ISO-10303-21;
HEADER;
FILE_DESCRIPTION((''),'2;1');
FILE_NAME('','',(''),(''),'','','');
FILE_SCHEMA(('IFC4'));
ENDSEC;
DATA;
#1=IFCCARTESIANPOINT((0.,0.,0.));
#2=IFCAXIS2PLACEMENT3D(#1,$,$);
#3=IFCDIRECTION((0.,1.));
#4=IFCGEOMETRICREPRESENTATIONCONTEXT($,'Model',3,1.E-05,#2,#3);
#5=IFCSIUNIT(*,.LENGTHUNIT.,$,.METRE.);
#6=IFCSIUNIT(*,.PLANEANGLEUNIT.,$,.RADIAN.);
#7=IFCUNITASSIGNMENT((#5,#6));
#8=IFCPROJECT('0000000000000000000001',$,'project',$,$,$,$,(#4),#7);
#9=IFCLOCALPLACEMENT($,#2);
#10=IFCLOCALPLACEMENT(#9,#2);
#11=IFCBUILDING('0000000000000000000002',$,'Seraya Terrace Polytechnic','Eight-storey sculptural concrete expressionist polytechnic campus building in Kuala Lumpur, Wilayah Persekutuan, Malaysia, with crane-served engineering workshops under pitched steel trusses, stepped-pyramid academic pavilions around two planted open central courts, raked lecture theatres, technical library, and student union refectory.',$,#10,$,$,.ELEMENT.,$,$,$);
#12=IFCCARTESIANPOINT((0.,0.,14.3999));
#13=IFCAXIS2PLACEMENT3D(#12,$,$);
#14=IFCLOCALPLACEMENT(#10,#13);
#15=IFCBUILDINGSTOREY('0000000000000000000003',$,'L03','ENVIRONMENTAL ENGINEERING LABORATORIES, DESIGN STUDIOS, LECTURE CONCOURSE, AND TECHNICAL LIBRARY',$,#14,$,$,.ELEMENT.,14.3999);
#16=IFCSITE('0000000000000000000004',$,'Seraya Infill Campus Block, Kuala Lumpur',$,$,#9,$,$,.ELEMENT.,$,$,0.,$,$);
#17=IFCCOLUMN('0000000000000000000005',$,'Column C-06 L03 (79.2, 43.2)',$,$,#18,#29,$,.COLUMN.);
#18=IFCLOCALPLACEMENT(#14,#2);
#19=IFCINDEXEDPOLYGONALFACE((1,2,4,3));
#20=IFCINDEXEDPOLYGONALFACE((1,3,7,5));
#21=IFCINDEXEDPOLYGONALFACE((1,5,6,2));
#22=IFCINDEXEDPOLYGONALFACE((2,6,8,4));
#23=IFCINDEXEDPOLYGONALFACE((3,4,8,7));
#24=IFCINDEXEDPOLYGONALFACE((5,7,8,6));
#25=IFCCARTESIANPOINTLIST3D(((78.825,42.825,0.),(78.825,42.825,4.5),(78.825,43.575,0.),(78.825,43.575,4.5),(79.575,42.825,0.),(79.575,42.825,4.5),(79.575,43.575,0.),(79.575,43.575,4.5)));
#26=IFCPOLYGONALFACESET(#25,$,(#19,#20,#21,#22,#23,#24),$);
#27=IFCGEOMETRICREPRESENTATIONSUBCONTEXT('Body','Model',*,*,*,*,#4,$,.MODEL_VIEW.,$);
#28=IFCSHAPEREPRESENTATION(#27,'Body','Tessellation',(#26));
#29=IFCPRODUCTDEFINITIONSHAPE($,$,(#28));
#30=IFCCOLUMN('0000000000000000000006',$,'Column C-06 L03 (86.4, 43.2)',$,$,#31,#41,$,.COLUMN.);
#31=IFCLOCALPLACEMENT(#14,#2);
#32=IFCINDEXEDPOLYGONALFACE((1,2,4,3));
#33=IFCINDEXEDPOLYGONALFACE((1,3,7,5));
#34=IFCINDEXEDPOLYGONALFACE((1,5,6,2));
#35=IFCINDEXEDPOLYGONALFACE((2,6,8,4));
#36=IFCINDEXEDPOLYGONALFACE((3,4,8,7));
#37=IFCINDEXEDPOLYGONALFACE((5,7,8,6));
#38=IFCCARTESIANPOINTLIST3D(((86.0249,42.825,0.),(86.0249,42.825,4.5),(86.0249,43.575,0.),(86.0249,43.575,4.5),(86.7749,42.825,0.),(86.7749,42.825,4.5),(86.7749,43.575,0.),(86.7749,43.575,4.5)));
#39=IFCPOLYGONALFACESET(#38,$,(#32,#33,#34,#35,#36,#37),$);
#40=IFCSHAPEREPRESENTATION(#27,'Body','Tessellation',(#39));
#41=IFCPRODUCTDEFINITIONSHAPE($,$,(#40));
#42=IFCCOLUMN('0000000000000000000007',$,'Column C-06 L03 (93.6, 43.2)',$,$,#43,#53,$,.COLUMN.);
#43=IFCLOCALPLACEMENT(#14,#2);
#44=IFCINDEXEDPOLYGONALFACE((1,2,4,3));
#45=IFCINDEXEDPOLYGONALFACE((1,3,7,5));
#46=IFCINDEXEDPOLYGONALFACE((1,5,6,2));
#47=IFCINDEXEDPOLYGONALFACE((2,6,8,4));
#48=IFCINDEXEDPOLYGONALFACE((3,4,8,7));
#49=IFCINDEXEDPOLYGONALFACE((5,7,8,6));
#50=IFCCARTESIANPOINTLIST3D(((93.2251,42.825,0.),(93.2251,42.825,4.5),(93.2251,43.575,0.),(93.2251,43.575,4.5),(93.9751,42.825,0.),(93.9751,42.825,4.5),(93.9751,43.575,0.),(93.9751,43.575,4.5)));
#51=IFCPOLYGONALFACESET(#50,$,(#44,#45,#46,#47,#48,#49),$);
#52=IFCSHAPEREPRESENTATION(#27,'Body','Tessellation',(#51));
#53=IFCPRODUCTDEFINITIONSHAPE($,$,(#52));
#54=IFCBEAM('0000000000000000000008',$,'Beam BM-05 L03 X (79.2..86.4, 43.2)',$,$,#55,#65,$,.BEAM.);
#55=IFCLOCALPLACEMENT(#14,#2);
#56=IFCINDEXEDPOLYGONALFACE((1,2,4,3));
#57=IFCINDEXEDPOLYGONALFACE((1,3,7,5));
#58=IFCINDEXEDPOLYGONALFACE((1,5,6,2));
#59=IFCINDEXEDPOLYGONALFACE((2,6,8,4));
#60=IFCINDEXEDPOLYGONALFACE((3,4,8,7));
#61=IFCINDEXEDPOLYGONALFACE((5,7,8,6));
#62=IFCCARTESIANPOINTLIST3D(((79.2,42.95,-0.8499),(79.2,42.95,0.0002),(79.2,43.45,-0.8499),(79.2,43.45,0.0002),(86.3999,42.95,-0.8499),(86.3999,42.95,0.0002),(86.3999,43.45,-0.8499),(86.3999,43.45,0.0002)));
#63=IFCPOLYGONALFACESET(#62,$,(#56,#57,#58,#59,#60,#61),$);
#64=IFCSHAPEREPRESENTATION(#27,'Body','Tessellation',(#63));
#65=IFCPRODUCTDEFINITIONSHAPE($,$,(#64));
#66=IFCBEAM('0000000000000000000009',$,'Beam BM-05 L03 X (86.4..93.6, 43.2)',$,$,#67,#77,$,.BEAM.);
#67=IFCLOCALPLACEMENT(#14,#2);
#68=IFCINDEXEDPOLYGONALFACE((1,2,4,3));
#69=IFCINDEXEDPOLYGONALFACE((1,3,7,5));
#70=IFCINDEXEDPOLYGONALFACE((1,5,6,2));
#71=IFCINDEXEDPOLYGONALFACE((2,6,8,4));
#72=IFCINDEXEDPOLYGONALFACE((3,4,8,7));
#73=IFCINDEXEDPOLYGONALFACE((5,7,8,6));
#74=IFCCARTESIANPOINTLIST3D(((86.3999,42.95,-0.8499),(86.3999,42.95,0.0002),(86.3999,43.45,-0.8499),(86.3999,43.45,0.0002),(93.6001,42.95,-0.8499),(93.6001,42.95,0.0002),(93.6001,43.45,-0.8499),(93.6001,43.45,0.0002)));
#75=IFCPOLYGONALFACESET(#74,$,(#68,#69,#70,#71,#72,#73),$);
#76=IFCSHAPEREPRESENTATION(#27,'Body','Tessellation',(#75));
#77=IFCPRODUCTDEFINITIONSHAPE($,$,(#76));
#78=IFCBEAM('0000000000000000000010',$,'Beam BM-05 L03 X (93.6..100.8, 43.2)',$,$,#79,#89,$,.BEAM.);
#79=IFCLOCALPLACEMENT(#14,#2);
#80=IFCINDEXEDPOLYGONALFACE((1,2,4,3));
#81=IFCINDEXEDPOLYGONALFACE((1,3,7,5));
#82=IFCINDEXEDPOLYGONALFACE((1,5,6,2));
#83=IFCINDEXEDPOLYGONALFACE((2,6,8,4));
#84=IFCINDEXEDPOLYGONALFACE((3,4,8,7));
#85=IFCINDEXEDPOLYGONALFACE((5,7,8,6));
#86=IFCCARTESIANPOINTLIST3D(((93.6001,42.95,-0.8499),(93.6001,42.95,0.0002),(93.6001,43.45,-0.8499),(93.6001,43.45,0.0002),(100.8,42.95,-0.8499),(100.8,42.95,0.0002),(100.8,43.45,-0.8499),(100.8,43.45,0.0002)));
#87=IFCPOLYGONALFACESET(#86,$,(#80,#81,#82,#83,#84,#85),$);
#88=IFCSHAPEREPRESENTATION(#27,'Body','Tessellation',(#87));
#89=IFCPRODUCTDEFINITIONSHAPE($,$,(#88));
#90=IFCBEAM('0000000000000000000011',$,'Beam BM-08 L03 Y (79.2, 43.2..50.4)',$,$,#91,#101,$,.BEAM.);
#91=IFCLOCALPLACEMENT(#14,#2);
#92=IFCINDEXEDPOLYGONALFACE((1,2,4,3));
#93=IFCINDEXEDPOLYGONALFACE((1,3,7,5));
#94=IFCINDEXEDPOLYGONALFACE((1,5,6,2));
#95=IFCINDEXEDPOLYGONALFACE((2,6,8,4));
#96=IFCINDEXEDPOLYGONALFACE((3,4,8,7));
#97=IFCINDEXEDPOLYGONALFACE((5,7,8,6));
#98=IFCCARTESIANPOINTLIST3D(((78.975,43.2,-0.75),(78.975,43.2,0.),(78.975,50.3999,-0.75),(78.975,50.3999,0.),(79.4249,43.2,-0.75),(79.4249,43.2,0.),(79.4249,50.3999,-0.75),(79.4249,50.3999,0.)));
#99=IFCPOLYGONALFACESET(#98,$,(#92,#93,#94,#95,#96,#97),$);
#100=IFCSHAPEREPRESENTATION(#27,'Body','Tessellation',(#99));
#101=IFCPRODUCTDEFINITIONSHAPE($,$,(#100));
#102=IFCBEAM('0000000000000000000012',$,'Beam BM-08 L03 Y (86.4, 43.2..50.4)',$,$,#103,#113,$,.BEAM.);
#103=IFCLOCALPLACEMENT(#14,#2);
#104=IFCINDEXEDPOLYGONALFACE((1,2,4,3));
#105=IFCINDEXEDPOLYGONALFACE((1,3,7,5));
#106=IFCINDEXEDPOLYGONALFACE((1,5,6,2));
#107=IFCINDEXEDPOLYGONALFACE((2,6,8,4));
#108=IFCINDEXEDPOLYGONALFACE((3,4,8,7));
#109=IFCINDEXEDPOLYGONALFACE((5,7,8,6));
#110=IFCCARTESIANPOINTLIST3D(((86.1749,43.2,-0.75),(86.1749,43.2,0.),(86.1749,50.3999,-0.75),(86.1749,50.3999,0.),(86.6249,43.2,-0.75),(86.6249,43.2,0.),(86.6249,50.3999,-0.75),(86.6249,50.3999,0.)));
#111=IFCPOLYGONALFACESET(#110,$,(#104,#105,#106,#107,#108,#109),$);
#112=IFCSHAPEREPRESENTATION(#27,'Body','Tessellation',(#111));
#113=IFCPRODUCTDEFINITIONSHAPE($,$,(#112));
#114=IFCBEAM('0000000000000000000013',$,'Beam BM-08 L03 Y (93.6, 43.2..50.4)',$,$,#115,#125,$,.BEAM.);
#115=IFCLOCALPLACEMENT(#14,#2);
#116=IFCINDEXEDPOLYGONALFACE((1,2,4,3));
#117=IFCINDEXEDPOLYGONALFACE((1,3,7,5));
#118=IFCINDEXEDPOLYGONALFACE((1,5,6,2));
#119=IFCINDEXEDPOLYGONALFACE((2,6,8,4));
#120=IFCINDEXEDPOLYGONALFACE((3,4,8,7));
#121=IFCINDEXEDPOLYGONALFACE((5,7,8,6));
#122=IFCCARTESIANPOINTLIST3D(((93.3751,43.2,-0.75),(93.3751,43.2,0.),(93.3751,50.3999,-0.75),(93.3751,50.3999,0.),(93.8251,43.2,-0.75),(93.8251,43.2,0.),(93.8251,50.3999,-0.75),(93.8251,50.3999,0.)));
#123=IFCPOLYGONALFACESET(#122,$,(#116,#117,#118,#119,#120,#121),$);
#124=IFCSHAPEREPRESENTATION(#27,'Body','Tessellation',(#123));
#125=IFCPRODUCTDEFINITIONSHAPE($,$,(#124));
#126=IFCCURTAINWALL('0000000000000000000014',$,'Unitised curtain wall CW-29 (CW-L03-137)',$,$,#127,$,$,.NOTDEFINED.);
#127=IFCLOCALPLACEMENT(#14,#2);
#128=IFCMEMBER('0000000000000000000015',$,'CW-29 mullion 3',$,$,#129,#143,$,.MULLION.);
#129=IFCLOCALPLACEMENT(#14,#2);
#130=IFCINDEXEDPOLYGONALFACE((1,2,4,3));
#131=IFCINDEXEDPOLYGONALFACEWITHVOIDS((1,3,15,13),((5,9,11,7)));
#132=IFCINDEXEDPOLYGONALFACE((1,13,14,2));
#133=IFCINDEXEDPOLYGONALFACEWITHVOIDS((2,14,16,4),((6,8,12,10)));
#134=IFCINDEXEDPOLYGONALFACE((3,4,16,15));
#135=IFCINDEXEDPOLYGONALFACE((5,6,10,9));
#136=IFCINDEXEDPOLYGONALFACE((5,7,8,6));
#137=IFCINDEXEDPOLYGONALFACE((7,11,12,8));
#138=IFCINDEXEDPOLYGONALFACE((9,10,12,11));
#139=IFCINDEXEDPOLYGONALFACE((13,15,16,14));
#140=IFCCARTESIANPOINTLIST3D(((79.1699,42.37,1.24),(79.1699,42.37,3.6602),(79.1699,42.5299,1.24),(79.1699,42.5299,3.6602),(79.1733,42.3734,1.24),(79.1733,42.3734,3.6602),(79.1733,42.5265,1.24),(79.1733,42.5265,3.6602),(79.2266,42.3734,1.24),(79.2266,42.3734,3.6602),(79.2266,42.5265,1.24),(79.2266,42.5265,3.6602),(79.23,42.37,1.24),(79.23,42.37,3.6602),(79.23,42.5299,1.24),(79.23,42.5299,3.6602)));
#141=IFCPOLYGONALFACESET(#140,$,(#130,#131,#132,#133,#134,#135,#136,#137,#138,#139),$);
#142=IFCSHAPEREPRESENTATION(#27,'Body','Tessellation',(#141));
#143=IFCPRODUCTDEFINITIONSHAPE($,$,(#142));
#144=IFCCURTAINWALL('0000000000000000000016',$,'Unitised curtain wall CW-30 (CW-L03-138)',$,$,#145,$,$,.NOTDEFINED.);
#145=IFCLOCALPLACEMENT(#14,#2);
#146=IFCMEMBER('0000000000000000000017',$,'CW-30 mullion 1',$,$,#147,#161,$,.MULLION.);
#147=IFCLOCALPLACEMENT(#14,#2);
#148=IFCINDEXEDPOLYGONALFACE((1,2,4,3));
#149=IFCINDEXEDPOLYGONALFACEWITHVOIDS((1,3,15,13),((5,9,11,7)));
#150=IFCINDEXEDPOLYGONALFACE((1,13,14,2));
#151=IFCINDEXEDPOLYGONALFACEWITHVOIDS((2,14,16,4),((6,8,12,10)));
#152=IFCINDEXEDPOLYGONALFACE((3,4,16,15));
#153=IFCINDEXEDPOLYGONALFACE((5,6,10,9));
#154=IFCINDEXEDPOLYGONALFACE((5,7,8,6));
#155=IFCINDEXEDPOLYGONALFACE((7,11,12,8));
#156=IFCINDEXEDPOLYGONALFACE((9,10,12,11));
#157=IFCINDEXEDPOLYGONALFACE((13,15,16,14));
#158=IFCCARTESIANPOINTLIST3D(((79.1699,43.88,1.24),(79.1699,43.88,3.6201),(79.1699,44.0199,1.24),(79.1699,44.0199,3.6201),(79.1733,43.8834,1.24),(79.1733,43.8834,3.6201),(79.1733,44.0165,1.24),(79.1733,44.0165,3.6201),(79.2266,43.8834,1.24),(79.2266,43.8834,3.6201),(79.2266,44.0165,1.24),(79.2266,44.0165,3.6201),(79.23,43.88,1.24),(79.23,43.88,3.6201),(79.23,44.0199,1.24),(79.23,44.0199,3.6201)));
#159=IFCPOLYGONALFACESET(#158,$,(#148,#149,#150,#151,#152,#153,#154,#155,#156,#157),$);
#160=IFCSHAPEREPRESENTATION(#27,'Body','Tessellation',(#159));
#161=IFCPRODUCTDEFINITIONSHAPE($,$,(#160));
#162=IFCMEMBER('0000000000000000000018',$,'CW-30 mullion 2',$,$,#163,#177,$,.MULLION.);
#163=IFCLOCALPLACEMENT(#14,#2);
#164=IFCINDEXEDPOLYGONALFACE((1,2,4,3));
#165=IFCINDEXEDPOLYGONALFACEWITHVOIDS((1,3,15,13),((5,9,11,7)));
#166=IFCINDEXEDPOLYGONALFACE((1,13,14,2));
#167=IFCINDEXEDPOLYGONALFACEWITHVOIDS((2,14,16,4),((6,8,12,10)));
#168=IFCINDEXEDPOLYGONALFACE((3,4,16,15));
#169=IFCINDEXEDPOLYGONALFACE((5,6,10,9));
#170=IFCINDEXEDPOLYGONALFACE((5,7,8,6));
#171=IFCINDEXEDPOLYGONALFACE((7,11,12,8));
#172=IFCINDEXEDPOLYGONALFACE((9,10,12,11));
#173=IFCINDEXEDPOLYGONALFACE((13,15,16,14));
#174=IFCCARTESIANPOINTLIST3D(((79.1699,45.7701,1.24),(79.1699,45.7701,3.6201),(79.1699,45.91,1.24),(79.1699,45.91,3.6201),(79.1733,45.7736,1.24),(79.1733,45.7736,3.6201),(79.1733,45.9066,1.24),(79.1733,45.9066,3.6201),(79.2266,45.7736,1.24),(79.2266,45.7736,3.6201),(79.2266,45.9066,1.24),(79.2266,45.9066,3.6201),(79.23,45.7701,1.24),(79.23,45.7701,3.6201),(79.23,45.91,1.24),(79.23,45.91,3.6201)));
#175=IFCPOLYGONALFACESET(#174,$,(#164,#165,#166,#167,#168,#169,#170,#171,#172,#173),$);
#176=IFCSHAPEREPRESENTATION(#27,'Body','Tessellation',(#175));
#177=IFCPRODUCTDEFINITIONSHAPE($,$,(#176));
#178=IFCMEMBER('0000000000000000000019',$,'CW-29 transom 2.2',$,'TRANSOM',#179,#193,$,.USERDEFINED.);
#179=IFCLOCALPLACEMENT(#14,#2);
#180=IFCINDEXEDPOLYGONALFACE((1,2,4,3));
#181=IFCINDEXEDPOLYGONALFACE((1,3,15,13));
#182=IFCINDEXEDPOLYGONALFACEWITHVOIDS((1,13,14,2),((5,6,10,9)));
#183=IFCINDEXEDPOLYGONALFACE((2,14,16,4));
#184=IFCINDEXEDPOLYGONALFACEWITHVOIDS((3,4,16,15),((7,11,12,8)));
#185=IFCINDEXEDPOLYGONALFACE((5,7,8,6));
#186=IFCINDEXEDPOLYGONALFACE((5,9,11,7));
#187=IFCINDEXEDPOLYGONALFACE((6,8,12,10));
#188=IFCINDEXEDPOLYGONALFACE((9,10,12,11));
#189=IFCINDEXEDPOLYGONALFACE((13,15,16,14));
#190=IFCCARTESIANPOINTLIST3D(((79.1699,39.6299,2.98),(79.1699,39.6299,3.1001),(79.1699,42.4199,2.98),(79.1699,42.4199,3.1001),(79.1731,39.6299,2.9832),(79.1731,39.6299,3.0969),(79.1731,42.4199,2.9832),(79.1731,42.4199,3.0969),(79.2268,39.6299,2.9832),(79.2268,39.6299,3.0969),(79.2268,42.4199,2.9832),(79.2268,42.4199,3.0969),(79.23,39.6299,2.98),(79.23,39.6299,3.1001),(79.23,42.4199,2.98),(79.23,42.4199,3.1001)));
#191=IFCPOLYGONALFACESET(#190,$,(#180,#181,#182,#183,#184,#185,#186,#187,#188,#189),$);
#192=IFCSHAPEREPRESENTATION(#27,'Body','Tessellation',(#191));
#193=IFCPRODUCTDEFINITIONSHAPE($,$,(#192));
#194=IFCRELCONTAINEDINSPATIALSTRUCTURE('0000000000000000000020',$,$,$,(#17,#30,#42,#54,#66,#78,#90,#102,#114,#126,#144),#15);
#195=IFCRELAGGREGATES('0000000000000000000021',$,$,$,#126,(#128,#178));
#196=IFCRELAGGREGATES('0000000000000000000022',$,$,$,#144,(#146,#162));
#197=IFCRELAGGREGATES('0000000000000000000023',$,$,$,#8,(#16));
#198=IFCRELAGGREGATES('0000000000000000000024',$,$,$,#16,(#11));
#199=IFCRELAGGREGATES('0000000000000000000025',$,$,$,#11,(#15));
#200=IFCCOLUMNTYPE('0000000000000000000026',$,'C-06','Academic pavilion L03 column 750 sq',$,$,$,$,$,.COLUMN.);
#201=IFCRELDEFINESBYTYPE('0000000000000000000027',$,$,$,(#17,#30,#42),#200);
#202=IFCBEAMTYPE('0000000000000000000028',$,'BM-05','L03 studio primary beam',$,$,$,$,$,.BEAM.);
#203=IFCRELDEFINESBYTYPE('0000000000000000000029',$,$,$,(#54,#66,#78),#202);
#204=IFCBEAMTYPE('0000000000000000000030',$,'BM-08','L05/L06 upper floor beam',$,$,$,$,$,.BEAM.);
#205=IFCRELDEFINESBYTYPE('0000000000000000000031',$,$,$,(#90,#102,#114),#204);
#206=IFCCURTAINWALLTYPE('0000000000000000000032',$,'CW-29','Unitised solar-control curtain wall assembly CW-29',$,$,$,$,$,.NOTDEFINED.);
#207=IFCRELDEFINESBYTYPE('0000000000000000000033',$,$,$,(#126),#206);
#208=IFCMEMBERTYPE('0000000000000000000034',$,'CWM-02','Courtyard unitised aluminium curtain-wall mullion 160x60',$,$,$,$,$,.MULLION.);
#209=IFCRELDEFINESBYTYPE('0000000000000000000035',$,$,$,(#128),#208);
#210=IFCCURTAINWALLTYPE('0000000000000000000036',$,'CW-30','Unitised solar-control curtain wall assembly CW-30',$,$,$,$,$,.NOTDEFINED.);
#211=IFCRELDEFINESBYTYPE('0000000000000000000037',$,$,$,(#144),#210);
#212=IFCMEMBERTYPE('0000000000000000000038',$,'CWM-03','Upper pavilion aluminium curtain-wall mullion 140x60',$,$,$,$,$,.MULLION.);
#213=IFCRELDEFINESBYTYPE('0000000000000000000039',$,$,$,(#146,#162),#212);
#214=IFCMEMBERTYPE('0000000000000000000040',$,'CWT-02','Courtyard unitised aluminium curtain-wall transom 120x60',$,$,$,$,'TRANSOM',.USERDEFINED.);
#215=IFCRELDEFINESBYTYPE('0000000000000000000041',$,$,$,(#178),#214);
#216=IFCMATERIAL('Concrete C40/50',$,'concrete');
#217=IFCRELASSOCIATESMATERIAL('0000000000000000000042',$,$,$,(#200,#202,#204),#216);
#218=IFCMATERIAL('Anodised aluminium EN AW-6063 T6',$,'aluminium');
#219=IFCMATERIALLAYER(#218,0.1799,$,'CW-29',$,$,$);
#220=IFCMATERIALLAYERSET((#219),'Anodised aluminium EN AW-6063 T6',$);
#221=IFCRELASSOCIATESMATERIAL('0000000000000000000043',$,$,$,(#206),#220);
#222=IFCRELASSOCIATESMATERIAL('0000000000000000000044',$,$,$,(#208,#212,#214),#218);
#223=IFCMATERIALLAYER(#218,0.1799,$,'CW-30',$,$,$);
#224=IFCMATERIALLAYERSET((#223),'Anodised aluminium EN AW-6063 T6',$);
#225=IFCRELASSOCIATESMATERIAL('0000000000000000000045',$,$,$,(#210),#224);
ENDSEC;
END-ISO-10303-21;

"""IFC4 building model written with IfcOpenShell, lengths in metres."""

from ifc_helpers import new_model, si_unit, direction, frame, origin, origin_2d, place, context, subcontext, project, spatial, rectangle, hollow_rectangle, extrude, material, layer, layer_set, material_profile, profile_set, type_object, element, aggregate, save


model = new_model("IFC4")

# Units and contexts
model_context = context("Model", 3, precision=1e-05, world=origin(), true_north=direction((0.0, 1.0)))
body_context = subcontext(model_context, "Body", "Model", "MODEL_VIEW")
ifc_project = project(units=[si_unit("LENGTHUNIT", "METRE"), si_unit("PLANEANGLEUNIT", "RADIAN")], contexts=[model_context])

# Site, building, storey
site_placement = place(None, origin())
site = spatial("IfcSite", under=ifc_project, at=site_placement, Name="Seraya Infill Campus Block, Kuala Lumpur", CompositionType="ELEMENT", RefElevation=0.0)
building_placement = place(site_placement, origin())
building = spatial("IfcBuilding", under=site, at=building_placement, Name="Seraya Terrace Polytechnic", Description="Eight-storey sculptural concrete expressionist polytechnic campus building in Kuala Lumpur, Wilayah Persekutuan, Malaysia, with crane-served engineering workshops under pitched steel trusses, stepped-pyramid academic pavilions around two planted open central courts, raked lecture theatres, technical library, and student union refectory.", CompositionType="ELEMENT")
storey_placement = place(building_placement, frame((0.0, 0.0, 14.3999)))
storey = spatial("IfcBuildingStorey", under=building, at=storey_placement, Name="L03", Description="ENVIRONMENTAL ENGINEERING LABORATORIES, DESIGN STUDIOS, LECTURE CONCOURSE, AND TECHNICAL LIBRARY", CompositionType="ELEMENT", Elevation=14.3999)

# Columns
ifc_material_1 = material(Name="Concrete C40/50", Category="concrete")
ifc_material_profile_1 = material_profile(ifc_material_1, rectangle(XDim=0.75, YDim=0.75, at=origin_2d()), Name="RC 750x750")
ifc_profile_set_1 = profile_set([ifc_material_profile_1], Name="Concrete C40/50")
column_type = type_object("IfcColumnType", Name="C-06", Description="Academic pavilion L03 column 750 sq", PredefinedType="COLUMN", material=ifc_profile_set_1)
for number, where, z_axis, x_axis, name in (
    (1, (79.2, 43.2, 0.0), (0.0, 0.0, 1.0), (1.0, 0.0, 0.0), "Column C-06 L03 (79.2, 43.2)"),
    (2, (86.3999, 43.2, 0.0), (0.0, 0.0, 1.0), (1.0, 0.0, 0.0), "Column C-06 L03 (86.4, 43.2)"),
    (3, (93.6001, 43.2, 0.0), (0.0, 0.0, 1.0), (1.0, 0.0, 0.0), "Column C-06 L03 (93.6, 43.2)"),
):
    element("IfcColumn", number, at=place(storey_placement, frame(where, z_axis=z_axis, x_axis=x_axis)), inside=storey, type_object=column_type, Name=name, PredefinedType="COLUMN", context=body_context, shape_type="SweptSolid", body=[
        extrude(rectangle(XDim=0.75, YDim=0.75, at=origin_2d()), origin(), (0.0, 0.0, 1.0), 4.5),
    ])

# Beams
ifc_material_profile_2 = material_profile(ifc_material_1, rectangle(XDim=0.5, YDim=0.8501, at=origin_2d()), Name="RC 500x850")
ifc_profile_set_2 = profile_set([ifc_material_profile_2], Name="Concrete C40/50")
beam_type_1 = type_object("IfcBeamType", Name="BM-05", Description="L03 studio primary beam", PredefinedType="BEAM", material=ifc_profile_set_2)
beam_1_placement = place(storey_placement, frame((79.2, 43.2, -0.4248), z_axis=(1.0, 0.0, 0.0), x_axis=(0.0, 1.0, 0.0)))
element("IfcBeam", 4, at=beam_1_placement, inside=storey, type_object=beam_type_1, Name="Beam BM-05 L03 X (79.2..86.4, 43.2)", PredefinedType="BEAM", context=body_context, shape_type="SweptSolid", body=[
    extrude(rectangle(XDim=0.5, YDim=0.8501, at=origin_2d()), origin(), (0.0, 0.0, 1.0), 7.2),
])
beam_2_placement = place(storey_placement, frame((86.3999, 43.2, -0.4248), z_axis=(1.0, 0.0, 0.0), x_axis=(0.0, 1.0, 0.0)))
element("IfcBeam", 5, at=beam_2_placement, inside=storey, type_object=beam_type_1, Name="Beam BM-05 L03 X (86.4..93.6, 43.2)", PredefinedType="BEAM", context=body_context, shape_type="SweptSolid", body=[
    extrude(rectangle(XDim=0.5, YDim=0.8501, at=origin_2d()), origin(), (0.0, 0.0, 1.0), 7.2002),
])
beam_3_placement = place(storey_placement, frame((93.6001, 43.2, -0.4248), z_axis=(1.0, 0.0, 0.0), x_axis=(0.0, 1.0, 0.0)))
element("IfcBeam", 6, at=beam_3_placement, inside=storey, type_object=beam_type_1, Name="Beam BM-05 L03 X (93.6..100.8, 43.2)", PredefinedType="BEAM", context=body_context, shape_type="SweptSolid", body=[
    extrude(rectangle(XDim=0.5, YDim=0.8501, at=origin_2d()), origin(), (0.0, 0.0, 1.0), 7.2),
])
ifc_material_profile_3 = material_profile(ifc_material_1, rectangle(XDim=0.45, YDim=0.75, at=origin_2d()), Name="RC 450x750")
ifc_profile_set_3 = profile_set([ifc_material_profile_3], Name="Concrete C40/50")
beam_type_2 = type_object("IfcBeamType", Name="BM-08", Description="L05/L06 upper floor beam", PredefinedType="BEAM", material=ifc_profile_set_3)
for number, where, z_axis, x_axis, name in (
    (7, (79.2, 43.2, -0.375), (0.0, 1.0, 0.0), (-1.0, 0.0, 0.0), "Beam BM-08 L03 Y (79.2, 43.2..50.4)"),
    (8, (86.3999, 43.2, -0.375), (0.0, 1.0, 0.0), (-1.0, 0.0, 0.0), "Beam BM-08 L03 Y (86.4, 43.2..50.4)"),
    (9, (93.6001, 43.2, -0.375), (0.0, 1.0, 0.0), (-1.0, 0.0, 0.0), "Beam BM-08 L03 Y (93.6, 43.2..50.4)"),
):
    element("IfcBeam", number, at=place(storey_placement, frame(where, z_axis=z_axis, x_axis=x_axis)), inside=storey, type_object=beam_type_2, Name=name, PredefinedType="BEAM", context=body_context, shape_type="SweptSolid", body=[
        extrude(rectangle(XDim=0.45, YDim=0.75, at=origin_2d()), origin(), (0.0, 0.0, 1.0), 7.2),
    ])

# Curtain wall, member
ifc_material_2 = material(Name="Anodised aluminium EN AW-6063 T6", Category="aluminium")
ifc_layer_1 = layer(ifc_material_2, 0.1799, Name="CW-29")
ifc_layer_set_1 = layer_set([ifc_layer_1], Name="Anodised aluminium EN AW-6063 T6")
curtain_wall_type_1 = type_object("IfcCurtainWallType", Name="CW-29", Description="Unitised solar-control curtain wall assembly CW-29", PredefinedType="NOTDEFINED", material=ifc_layer_set_1)
curtain_wall_1_placement = place(storey_placement, origin())
curtain_wall_1 = element("IfcCurtainWall", 10, at=curtain_wall_1_placement, inside=storey, type_object=curtain_wall_type_1, Name="Unitised curtain wall CW-29 (CW-L03-137)", PredefinedType="NOTDEFINED")
ifc_material_profile_4 = material_profile(ifc_material_2, hollow_rectangle(XDim=0.0601, YDim=0.1599, WallThickness=0.0034, at=origin_2d()), Name="RHS 160x60x3.5")
ifc_profile_set_4 = profile_set([ifc_material_profile_4], Name="Anodised aluminium EN AW-6063 T6")
member_type_1 = type_object("IfcMemberType", Name="CWM-02", Description="Courtyard unitised aluminium curtain-wall mullion 160x60", PredefinedType="MULLION", material=ifc_profile_set_4)
member_1_placement = place(storey_placement, frame((79.2, 42.45, 1.24), z_axis=(0.0, 0.0, 1.0), x_axis=(-1.0, 0.0, 0.0)))
member_1 = element("IfcMember", 11, at=member_1_placement, type_object=member_type_1, Name="CW-29 mullion 3", PredefinedType="MULLION", context=body_context, shape_type="SweptSolid", body=[
    extrude(hollow_rectangle(XDim=0.0601, YDim=0.1599, WallThickness=0.0034, at=origin_2d()), origin(), (0.0, 0.0, 1.0), 2.4202),
])

# Curtain wall, members
ifc_layer_2 = layer(ifc_material_2, 0.1799, Name="CW-30")
ifc_layer_set_2 = layer_set([ifc_layer_2], Name="Anodised aluminium EN AW-6063 T6")
curtain_wall_type_2 = type_object("IfcCurtainWallType", Name="CW-30", Description="Unitised solar-control curtain wall assembly CW-30", PredefinedType="NOTDEFINED", material=ifc_layer_set_2)
curtain_wall_2_placement = place(storey_placement, origin())
curtain_wall_2 = element("IfcCurtainWall", 12, at=curtain_wall_2_placement, inside=storey, type_object=curtain_wall_type_2, Name="Unitised curtain wall CW-30 (CW-L03-138)", PredefinedType="NOTDEFINED")
ifc_material_profile_5 = material_profile(ifc_material_2, hollow_rectangle(XDim=0.0601, YDim=0.1399, WallThickness=0.0034, at=origin_2d()), Name="RHS 140x60x3.5")
ifc_profile_set_5 = profile_set([ifc_material_profile_5], Name="Anodised aluminium EN AW-6063 T6")
member_type_2 = type_object("IfcMemberType", Name="CWM-03", Description="Upper pavilion aluminium curtain-wall mullion 140x60", PredefinedType="MULLION", material=ifc_profile_set_5)
member_2_placement = place(storey_placement, frame((79.2, 43.95, 1.24), z_axis=(0.0, 0.0, 1.0), x_axis=(-1.0, 0.0, 0.0)))
member_2 = element("IfcMember", 13, at=member_2_placement, type_object=member_type_2, Name="CW-30 mullion 1", PredefinedType="MULLION", context=body_context, shape_type="SweptSolid", body=[
    extrude(hollow_rectangle(XDim=0.0601, YDim=0.1399, WallThickness=0.0034, at=origin_2d()), origin(), (0.0, 0.0, 1.0), 2.3801),
])
member_3_placement = place(storey_placement, frame((79.2, 45.8401, 1.24), z_axis=(0.0, 0.0, 1.0), x_axis=(-1.0, 0.0, 0.0)))
member_3 = element("IfcMember", 14, at=member_3_placement, type_object=member_type_2, Name="CW-30 mullion 2", PredefinedType="MULLION", context=body_context, shape_type="SweptSolid", body=[
    extrude(hollow_rectangle(XDim=0.0601, YDim=0.1399, WallThickness=0.0034, at=origin_2d()), origin(), (0.0, 0.0, 1.0), 2.3801),
])

# Member
ifc_material_profile_6 = material_profile(ifc_material_2, hollow_rectangle(XDim=0.0601, YDim=0.1201, WallThickness=0.0032, at=origin_2d()), Name="RHS 120x60x3.2")
ifc_profile_set_6 = profile_set([ifc_material_profile_6], Name="Anodised aluminium EN AW-6063 T6")
member_type_3 = type_object("IfcMemberType", Name="CWT-02", Description="Courtyard unitised aluminium curtain-wall transom 120x60", ElementType="TRANSOM", PredefinedType="USERDEFINED", material=ifc_profile_set_6)
member_4_placement = place(storey_placement, frame((79.2, 39.6299, 3.04), z_axis=(0.0, 1.0, 0.0), x_axis=(-1.0, 0.0, 0.0)))
member_4 = element("IfcMember", 15, at=member_4_placement, type_object=member_type_3, Name="CW-29 transom 2.2", ObjectType="TRANSOM", PredefinedType="USERDEFINED", context=body_context, shape_type="SweptSolid", body=[
    extrude(hollow_rectangle(XDim=0.0601, YDim=0.1201, WallThickness=0.0032, at=origin_2d()), origin(), (0.0, 0.0, 1.0), 2.79),
])

aggregate(curtain_wall_1, [member_1, member_4])
aggregate(curtain_wall_2, [member_2, member_3])

save(model, "model.ifc")
